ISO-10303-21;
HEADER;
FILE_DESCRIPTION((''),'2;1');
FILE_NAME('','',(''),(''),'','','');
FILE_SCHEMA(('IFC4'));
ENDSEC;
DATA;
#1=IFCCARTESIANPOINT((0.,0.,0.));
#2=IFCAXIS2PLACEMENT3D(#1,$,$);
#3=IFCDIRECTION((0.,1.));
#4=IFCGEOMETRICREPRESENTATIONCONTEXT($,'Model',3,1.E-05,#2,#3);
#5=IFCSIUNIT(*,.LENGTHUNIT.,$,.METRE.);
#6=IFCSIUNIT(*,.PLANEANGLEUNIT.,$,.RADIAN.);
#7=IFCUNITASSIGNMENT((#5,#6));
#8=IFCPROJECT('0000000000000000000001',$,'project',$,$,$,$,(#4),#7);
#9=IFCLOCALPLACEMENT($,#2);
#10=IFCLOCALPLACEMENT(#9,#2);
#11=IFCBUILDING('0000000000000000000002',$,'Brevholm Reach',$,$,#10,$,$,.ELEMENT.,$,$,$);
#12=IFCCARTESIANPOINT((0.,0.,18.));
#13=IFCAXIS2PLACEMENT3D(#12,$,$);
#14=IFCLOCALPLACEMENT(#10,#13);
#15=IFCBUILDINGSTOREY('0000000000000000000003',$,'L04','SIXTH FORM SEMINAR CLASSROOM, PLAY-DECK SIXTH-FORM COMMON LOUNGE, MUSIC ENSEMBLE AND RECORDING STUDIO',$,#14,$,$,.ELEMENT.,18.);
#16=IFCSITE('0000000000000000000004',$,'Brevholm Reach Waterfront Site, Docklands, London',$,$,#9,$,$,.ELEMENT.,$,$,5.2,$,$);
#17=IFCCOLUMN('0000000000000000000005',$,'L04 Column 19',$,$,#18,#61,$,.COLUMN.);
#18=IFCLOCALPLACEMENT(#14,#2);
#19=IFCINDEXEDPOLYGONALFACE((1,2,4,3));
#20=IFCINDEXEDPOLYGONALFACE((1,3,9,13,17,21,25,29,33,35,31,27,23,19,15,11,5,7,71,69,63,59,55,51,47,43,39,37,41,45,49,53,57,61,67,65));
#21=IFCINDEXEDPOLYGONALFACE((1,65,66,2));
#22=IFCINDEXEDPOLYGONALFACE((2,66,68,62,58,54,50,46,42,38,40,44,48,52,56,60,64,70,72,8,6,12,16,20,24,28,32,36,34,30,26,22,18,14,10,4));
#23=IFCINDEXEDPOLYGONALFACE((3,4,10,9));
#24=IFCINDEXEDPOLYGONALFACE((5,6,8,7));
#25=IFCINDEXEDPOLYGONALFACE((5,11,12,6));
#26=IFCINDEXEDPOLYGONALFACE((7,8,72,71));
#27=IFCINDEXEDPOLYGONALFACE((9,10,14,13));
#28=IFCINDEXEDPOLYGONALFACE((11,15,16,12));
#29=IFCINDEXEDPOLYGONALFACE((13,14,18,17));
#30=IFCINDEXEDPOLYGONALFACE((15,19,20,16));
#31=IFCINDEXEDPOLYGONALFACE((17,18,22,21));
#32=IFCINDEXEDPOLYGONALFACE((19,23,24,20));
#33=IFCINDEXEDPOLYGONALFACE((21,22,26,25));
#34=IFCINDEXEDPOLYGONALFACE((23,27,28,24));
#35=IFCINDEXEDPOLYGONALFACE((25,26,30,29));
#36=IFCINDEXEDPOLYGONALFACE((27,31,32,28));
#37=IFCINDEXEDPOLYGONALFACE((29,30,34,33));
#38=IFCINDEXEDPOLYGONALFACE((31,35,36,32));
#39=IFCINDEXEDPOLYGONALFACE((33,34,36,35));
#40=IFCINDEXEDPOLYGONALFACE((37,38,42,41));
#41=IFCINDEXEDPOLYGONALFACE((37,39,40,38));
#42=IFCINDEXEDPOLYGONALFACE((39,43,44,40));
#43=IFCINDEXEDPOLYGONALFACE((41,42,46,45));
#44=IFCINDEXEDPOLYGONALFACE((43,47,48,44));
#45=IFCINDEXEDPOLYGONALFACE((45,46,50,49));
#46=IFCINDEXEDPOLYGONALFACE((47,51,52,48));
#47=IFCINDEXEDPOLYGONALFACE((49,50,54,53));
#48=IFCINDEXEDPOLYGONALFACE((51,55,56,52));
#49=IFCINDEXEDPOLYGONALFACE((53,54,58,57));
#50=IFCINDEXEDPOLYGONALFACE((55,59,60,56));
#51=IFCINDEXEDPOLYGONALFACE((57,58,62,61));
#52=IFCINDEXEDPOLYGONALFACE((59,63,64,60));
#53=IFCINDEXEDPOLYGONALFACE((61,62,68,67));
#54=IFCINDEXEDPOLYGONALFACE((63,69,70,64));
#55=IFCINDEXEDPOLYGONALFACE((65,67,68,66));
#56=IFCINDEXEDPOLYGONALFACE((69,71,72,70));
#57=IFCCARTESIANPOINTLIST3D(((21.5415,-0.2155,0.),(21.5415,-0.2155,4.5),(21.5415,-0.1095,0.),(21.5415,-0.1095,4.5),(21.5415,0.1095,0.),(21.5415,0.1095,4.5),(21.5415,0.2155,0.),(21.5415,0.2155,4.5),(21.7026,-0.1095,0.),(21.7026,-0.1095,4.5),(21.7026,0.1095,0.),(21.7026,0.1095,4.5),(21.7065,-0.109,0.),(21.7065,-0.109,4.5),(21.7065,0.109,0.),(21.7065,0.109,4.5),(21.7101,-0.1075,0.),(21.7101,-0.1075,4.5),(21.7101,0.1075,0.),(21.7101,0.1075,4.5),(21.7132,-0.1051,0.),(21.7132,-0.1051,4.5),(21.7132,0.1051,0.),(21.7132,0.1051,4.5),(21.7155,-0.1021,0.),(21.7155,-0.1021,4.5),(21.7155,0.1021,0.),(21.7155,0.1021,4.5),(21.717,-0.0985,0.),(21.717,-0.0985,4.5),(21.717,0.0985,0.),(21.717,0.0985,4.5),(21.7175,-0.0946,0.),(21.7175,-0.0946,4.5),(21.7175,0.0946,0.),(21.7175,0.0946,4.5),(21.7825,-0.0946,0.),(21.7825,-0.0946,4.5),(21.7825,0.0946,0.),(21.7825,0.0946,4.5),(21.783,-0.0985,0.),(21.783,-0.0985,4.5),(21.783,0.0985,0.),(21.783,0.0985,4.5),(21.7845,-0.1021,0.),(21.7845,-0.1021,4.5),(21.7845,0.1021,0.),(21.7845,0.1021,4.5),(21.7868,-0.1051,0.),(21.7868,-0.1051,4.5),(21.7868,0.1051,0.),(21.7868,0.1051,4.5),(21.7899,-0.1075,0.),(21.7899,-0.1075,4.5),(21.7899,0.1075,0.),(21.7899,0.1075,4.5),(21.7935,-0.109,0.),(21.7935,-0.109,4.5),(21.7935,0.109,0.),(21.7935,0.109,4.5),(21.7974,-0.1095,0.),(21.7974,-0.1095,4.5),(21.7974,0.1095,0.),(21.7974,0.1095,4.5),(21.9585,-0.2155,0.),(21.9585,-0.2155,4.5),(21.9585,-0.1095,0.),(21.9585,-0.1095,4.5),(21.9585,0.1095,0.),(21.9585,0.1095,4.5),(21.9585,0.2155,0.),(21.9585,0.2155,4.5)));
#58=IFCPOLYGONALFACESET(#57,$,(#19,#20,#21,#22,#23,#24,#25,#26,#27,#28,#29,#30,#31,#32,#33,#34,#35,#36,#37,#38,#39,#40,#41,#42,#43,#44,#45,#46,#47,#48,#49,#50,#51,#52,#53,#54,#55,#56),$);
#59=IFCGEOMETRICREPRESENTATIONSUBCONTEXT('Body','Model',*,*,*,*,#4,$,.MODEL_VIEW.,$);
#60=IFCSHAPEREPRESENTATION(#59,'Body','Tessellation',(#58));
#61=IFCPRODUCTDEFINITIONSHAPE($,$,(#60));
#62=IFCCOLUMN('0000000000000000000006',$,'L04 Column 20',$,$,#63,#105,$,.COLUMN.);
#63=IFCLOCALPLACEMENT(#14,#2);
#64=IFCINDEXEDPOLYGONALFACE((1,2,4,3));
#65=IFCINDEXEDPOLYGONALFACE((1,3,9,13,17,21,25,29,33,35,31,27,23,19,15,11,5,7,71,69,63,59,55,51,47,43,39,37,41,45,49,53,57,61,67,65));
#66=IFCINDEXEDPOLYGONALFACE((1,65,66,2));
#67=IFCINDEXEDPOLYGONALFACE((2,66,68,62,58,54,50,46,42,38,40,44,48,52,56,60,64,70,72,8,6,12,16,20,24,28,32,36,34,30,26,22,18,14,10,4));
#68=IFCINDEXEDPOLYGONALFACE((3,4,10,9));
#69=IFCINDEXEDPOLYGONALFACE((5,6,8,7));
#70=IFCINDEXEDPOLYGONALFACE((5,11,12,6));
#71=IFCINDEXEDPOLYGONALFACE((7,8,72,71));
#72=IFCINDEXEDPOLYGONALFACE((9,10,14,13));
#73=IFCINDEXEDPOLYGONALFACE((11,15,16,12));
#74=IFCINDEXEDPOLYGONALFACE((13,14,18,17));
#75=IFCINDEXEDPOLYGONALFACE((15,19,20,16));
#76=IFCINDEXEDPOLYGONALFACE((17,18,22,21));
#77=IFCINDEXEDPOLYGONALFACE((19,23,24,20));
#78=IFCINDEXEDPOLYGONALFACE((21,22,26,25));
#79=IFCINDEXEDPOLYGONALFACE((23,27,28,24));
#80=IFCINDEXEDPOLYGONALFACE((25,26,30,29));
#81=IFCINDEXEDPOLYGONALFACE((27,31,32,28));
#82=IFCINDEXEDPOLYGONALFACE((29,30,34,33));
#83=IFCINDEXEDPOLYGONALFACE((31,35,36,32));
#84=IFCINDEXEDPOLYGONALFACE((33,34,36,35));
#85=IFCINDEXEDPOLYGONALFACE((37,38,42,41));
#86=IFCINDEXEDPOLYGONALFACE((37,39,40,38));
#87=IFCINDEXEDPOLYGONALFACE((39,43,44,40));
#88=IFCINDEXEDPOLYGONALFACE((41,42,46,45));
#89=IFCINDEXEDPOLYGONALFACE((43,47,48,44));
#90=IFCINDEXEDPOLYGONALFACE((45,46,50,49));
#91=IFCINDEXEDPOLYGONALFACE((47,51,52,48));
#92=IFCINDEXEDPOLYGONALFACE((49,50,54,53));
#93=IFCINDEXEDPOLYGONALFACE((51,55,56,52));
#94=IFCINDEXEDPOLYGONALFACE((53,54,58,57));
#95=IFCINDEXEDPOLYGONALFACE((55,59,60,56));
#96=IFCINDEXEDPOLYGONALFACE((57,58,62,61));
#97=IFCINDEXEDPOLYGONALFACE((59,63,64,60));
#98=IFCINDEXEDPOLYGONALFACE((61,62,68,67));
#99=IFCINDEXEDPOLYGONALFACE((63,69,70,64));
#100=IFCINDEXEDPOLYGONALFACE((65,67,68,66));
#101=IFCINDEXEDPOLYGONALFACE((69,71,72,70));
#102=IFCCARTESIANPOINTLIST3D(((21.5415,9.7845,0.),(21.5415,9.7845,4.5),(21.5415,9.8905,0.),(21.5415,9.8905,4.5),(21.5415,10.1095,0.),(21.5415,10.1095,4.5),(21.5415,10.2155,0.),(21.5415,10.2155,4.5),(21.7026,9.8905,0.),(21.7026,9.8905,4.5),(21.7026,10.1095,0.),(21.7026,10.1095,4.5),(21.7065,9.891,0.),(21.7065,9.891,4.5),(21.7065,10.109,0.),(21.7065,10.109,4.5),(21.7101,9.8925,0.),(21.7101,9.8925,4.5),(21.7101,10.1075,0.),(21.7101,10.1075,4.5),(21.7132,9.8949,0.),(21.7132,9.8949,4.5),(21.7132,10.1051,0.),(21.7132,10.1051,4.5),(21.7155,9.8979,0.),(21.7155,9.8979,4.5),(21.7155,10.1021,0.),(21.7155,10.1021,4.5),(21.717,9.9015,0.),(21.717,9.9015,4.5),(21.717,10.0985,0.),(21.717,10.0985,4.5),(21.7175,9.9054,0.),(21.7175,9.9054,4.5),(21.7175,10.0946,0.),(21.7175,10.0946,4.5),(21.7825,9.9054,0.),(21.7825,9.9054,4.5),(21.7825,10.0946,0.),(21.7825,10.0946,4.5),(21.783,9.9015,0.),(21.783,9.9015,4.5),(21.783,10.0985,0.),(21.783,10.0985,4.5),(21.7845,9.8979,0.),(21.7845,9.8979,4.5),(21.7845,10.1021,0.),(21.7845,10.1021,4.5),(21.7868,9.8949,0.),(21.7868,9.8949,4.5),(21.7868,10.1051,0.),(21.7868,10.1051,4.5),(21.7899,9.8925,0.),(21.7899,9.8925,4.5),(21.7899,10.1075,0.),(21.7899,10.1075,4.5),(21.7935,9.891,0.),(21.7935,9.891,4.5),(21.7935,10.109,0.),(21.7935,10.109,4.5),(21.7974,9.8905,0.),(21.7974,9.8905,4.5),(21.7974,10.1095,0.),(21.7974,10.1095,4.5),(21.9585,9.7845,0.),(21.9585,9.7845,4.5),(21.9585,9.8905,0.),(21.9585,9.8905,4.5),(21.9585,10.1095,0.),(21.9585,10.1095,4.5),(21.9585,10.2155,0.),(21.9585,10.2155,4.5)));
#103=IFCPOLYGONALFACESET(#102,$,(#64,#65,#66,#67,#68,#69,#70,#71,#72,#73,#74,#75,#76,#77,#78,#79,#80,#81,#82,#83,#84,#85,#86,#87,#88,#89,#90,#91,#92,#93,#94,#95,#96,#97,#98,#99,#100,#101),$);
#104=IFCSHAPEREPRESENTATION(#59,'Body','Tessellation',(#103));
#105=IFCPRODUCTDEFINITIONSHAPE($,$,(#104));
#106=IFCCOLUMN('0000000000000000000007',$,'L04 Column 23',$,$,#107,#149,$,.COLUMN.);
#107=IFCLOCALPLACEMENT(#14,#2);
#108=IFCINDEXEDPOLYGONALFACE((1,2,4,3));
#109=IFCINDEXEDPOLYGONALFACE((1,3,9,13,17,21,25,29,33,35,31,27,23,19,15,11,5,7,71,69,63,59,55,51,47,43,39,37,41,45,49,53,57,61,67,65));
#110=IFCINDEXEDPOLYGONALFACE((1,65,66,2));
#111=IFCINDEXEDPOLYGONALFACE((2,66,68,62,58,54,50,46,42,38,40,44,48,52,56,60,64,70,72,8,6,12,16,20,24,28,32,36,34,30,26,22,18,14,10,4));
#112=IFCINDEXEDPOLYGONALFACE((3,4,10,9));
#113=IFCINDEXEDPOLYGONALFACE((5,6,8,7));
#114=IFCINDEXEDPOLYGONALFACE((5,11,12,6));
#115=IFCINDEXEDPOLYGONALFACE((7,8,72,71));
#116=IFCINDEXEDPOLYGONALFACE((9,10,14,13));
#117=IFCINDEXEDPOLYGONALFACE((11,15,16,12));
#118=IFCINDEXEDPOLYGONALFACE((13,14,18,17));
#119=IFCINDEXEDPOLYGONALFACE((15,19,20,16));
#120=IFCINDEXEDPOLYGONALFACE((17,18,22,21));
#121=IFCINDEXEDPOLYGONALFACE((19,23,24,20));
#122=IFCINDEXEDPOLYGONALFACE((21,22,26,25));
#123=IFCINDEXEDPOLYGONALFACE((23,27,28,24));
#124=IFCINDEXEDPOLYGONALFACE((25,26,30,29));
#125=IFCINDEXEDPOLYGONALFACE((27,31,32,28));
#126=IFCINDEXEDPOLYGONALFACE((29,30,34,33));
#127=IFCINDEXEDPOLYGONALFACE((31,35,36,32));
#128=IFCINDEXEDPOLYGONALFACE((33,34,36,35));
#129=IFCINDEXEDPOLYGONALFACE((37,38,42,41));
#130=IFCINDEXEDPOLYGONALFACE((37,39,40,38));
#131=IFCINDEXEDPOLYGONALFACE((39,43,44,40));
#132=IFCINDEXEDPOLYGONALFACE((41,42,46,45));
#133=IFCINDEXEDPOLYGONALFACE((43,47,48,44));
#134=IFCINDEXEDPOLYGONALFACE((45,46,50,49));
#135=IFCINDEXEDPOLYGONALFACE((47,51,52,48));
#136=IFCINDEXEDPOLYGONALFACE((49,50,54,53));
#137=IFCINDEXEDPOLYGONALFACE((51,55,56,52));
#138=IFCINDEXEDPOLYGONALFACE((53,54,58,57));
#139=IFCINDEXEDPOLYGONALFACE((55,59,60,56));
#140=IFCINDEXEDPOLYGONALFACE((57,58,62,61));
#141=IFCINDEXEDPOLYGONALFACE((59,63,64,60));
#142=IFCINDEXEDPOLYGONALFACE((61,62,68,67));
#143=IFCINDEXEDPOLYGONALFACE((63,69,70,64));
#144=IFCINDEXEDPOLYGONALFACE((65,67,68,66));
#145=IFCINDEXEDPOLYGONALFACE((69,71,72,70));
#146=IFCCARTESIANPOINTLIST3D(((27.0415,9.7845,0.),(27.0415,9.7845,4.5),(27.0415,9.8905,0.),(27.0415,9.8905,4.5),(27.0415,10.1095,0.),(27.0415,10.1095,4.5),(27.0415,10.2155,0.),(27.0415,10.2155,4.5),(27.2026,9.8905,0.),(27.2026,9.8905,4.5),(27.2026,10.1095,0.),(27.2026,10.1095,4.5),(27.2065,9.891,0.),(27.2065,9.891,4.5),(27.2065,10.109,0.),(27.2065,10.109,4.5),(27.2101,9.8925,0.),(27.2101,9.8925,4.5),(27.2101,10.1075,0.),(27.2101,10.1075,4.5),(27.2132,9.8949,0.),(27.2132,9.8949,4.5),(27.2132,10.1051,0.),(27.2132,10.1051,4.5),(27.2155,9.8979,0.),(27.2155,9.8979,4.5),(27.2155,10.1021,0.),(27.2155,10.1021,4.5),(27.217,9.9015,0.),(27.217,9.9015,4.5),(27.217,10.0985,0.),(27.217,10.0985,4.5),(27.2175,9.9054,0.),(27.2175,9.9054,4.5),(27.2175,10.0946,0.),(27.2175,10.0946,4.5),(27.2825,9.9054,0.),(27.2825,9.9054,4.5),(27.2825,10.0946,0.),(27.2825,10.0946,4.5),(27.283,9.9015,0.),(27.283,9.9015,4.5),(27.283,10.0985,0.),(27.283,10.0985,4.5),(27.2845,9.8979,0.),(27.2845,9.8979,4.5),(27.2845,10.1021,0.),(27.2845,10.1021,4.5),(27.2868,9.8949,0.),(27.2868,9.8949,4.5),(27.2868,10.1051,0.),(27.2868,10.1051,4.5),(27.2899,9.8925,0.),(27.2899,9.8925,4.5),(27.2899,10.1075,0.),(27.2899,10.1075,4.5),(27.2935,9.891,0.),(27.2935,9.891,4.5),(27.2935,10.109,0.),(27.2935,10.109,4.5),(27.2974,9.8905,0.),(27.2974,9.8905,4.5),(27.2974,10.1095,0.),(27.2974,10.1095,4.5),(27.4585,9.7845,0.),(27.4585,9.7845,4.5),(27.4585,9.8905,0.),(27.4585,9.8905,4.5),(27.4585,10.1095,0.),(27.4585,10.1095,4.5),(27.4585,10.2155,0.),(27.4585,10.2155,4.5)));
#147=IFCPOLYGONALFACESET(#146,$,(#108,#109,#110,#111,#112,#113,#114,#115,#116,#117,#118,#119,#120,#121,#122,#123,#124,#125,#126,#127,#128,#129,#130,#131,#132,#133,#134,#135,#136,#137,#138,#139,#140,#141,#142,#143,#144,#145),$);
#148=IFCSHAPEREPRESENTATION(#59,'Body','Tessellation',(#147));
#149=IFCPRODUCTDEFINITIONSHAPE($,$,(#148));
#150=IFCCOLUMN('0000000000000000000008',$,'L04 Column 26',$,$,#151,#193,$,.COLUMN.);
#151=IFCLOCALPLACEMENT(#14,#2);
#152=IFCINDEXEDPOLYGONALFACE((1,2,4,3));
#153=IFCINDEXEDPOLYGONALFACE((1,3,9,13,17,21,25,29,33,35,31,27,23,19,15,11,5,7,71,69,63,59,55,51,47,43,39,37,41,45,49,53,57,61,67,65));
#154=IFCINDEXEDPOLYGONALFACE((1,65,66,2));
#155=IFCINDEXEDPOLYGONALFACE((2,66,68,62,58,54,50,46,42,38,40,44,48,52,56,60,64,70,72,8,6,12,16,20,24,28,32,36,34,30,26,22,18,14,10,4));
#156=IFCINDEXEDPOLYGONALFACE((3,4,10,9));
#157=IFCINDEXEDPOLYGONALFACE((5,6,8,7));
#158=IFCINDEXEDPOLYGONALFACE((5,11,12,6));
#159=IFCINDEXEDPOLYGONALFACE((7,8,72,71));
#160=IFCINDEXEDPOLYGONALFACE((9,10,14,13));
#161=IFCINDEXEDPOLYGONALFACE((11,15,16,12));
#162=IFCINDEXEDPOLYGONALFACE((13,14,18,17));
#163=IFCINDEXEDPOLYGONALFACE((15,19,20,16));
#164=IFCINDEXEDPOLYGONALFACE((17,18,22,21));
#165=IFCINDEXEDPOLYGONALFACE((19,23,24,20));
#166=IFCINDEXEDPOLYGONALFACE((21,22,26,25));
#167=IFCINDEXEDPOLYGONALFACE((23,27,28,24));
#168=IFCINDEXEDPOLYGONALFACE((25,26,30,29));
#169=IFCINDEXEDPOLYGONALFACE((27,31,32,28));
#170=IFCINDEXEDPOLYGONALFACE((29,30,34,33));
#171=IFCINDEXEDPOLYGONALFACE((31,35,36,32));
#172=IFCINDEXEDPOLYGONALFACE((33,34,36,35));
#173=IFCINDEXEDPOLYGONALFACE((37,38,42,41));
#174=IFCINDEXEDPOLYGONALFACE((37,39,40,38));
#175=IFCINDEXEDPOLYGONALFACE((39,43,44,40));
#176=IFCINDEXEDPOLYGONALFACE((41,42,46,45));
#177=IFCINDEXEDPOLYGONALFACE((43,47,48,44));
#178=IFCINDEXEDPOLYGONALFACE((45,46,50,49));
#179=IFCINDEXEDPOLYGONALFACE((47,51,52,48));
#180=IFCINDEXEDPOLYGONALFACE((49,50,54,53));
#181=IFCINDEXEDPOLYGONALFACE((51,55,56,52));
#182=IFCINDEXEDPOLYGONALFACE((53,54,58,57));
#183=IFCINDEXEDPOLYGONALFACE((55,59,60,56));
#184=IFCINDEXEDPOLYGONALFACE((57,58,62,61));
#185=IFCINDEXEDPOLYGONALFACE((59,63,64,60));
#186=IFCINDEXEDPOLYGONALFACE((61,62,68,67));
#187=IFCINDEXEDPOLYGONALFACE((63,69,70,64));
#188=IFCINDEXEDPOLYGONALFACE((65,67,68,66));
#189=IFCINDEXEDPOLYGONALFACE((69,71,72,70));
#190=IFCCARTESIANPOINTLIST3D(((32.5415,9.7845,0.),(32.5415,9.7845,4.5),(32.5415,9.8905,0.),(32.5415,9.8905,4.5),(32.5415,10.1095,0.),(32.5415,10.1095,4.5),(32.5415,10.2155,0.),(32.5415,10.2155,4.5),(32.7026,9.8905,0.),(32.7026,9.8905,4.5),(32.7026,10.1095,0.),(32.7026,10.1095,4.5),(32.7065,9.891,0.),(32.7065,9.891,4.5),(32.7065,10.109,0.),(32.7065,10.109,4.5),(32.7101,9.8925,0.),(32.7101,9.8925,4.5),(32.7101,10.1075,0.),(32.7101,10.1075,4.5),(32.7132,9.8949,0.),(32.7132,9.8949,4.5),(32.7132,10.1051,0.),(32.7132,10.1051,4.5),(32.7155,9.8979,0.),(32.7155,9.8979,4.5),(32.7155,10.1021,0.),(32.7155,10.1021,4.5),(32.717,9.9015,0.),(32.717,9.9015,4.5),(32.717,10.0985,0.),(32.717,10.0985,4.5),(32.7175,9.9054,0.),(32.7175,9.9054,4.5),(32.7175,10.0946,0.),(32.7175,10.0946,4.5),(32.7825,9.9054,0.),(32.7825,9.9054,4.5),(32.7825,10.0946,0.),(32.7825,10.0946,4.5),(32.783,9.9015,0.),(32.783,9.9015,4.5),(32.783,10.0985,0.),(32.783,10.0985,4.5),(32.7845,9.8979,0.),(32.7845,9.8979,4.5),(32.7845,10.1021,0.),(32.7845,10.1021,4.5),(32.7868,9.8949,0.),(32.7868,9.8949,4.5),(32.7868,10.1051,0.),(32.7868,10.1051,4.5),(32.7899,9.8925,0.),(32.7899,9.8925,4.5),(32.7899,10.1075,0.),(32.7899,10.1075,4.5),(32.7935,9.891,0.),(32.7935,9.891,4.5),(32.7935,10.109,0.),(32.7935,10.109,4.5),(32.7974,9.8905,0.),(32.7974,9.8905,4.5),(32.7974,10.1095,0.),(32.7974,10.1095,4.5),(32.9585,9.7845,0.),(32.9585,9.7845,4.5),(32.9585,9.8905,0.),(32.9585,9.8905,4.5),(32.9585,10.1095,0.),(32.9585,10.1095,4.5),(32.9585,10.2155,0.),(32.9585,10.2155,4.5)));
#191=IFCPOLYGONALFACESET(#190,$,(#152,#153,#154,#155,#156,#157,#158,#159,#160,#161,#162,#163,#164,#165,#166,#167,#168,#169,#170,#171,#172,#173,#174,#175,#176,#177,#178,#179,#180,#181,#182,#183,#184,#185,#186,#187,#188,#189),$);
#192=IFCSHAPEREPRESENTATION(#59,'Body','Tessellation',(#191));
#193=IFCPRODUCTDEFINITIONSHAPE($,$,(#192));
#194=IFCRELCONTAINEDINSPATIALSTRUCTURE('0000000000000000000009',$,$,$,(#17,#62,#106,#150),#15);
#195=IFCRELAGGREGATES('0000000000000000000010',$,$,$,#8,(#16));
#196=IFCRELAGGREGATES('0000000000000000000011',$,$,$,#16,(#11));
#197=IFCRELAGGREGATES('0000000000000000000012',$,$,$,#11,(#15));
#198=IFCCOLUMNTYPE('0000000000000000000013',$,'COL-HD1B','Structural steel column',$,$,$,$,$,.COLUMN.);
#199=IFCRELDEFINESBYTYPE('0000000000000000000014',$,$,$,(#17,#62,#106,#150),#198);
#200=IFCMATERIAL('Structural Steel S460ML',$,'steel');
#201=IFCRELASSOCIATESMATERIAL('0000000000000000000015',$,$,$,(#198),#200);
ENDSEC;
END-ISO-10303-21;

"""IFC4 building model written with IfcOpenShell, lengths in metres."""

from ifc_helpers import new_model, si_unit, direction, frame, origin, origin_2d, place, context, subcontext, project, spatial, i_section, extrude, material, material_profile, profile_set, type_object, element, save


model = new_model("IFC4")

# Units and contexts
model_context = context("Model", 3, precision=1e-05, world=origin(), true_north=direction((0.0, 1.0)))
body_context = subcontext(model_context, "Body", "Model", "MODEL_VIEW")
ifc_project = project(units=[si_unit("LENGTHUNIT", "METRE"), si_unit("PLANEANGLEUNIT", "RADIAN")], contexts=[model_context])

# Site, building, storey
site_placement = place(None, origin())
site = spatial("IfcSite", under=ifc_project, at=site_placement, Name="Brevholm Reach Waterfront Site, Docklands, London", CompositionType="ELEMENT", RefElevation=5.2)
building_placement = place(site_placement, origin())
building = spatial("IfcBuilding", under=site, at=building_placement, Name="Brevholm Reach", CompositionType="ELEMENT")
storey_placement = place(building_placement, frame((0.0, 0.0, 18.0)))
storey = spatial("IfcBuildingStorey", under=building, at=storey_placement, Name="L04", Description="SIXTH FORM SEMINAR CLASSROOM, PLAY-DECK SIXTH-FORM COMMON LOUNGE, MUSIC ENSEMBLE AND RECORDING STUDIO", CompositionType="ELEMENT", Elevation=18.0)

# Columns
ifc_material_1 = material(Name="Structural Steel S460ML", Category="steel")
ifc_material_profile_1 = material_profile(ifc_material_1, i_section(OverallWidth=0.417, OverallDepth=0.4309, WebThickness=0.0649, FlangeThickness=0.106, FilletRadius=0.0149, at=origin_2d()), Name="HD 400x900")
ifc_profile_set_1 = profile_set([ifc_material_profile_1], Name="Structural Steel S460ML")
column_type = type_object("IfcColumnType", Name="COL-HD1B", Description="Structural steel column", PredefinedType="COLUMN", material=ifc_profile_set_1)
for number, where, z_axis, x_axis, name in (
    (1, (21.75, 0.0, 0.0), (0.0, 0.0, 1.0), (1.0, 0.0, 0.0), "L04 Column 19"),
    (2, (21.75, 10.0, 0.0), (0.0, 0.0, 1.0), (1.0, 0.0, 0.0), "L04 Column 20"),
    (3, (27.25, 10.0, 0.0), (0.0, 0.0, 1.0), (1.0, 0.0, 0.0), "L04 Column 23"),
    (4, (32.75, 10.0, 0.0), (0.0, 0.0, 1.0), (1.0, 0.0, 0.0), "L04 Column 26"),
):
    element("IfcColumn", number, at=place(storey_placement, frame(where, z_axis=z_axis, x_axis=x_axis)), inside=storey, type_object=column_type, Name=name, PredefinedType="COLUMN", context=body_context, shape_type="SweptSolid", body=[
        extrude(i_section(OverallWidth=0.417, OverallDepth=0.4309, WebThickness=0.0649, FlangeThickness=0.106, FilletRadius=0.0149, at=origin_2d()), origin(), (0.0, 0.0, 1.0), 4.5),
    ])

save(model, "model.ifc")
